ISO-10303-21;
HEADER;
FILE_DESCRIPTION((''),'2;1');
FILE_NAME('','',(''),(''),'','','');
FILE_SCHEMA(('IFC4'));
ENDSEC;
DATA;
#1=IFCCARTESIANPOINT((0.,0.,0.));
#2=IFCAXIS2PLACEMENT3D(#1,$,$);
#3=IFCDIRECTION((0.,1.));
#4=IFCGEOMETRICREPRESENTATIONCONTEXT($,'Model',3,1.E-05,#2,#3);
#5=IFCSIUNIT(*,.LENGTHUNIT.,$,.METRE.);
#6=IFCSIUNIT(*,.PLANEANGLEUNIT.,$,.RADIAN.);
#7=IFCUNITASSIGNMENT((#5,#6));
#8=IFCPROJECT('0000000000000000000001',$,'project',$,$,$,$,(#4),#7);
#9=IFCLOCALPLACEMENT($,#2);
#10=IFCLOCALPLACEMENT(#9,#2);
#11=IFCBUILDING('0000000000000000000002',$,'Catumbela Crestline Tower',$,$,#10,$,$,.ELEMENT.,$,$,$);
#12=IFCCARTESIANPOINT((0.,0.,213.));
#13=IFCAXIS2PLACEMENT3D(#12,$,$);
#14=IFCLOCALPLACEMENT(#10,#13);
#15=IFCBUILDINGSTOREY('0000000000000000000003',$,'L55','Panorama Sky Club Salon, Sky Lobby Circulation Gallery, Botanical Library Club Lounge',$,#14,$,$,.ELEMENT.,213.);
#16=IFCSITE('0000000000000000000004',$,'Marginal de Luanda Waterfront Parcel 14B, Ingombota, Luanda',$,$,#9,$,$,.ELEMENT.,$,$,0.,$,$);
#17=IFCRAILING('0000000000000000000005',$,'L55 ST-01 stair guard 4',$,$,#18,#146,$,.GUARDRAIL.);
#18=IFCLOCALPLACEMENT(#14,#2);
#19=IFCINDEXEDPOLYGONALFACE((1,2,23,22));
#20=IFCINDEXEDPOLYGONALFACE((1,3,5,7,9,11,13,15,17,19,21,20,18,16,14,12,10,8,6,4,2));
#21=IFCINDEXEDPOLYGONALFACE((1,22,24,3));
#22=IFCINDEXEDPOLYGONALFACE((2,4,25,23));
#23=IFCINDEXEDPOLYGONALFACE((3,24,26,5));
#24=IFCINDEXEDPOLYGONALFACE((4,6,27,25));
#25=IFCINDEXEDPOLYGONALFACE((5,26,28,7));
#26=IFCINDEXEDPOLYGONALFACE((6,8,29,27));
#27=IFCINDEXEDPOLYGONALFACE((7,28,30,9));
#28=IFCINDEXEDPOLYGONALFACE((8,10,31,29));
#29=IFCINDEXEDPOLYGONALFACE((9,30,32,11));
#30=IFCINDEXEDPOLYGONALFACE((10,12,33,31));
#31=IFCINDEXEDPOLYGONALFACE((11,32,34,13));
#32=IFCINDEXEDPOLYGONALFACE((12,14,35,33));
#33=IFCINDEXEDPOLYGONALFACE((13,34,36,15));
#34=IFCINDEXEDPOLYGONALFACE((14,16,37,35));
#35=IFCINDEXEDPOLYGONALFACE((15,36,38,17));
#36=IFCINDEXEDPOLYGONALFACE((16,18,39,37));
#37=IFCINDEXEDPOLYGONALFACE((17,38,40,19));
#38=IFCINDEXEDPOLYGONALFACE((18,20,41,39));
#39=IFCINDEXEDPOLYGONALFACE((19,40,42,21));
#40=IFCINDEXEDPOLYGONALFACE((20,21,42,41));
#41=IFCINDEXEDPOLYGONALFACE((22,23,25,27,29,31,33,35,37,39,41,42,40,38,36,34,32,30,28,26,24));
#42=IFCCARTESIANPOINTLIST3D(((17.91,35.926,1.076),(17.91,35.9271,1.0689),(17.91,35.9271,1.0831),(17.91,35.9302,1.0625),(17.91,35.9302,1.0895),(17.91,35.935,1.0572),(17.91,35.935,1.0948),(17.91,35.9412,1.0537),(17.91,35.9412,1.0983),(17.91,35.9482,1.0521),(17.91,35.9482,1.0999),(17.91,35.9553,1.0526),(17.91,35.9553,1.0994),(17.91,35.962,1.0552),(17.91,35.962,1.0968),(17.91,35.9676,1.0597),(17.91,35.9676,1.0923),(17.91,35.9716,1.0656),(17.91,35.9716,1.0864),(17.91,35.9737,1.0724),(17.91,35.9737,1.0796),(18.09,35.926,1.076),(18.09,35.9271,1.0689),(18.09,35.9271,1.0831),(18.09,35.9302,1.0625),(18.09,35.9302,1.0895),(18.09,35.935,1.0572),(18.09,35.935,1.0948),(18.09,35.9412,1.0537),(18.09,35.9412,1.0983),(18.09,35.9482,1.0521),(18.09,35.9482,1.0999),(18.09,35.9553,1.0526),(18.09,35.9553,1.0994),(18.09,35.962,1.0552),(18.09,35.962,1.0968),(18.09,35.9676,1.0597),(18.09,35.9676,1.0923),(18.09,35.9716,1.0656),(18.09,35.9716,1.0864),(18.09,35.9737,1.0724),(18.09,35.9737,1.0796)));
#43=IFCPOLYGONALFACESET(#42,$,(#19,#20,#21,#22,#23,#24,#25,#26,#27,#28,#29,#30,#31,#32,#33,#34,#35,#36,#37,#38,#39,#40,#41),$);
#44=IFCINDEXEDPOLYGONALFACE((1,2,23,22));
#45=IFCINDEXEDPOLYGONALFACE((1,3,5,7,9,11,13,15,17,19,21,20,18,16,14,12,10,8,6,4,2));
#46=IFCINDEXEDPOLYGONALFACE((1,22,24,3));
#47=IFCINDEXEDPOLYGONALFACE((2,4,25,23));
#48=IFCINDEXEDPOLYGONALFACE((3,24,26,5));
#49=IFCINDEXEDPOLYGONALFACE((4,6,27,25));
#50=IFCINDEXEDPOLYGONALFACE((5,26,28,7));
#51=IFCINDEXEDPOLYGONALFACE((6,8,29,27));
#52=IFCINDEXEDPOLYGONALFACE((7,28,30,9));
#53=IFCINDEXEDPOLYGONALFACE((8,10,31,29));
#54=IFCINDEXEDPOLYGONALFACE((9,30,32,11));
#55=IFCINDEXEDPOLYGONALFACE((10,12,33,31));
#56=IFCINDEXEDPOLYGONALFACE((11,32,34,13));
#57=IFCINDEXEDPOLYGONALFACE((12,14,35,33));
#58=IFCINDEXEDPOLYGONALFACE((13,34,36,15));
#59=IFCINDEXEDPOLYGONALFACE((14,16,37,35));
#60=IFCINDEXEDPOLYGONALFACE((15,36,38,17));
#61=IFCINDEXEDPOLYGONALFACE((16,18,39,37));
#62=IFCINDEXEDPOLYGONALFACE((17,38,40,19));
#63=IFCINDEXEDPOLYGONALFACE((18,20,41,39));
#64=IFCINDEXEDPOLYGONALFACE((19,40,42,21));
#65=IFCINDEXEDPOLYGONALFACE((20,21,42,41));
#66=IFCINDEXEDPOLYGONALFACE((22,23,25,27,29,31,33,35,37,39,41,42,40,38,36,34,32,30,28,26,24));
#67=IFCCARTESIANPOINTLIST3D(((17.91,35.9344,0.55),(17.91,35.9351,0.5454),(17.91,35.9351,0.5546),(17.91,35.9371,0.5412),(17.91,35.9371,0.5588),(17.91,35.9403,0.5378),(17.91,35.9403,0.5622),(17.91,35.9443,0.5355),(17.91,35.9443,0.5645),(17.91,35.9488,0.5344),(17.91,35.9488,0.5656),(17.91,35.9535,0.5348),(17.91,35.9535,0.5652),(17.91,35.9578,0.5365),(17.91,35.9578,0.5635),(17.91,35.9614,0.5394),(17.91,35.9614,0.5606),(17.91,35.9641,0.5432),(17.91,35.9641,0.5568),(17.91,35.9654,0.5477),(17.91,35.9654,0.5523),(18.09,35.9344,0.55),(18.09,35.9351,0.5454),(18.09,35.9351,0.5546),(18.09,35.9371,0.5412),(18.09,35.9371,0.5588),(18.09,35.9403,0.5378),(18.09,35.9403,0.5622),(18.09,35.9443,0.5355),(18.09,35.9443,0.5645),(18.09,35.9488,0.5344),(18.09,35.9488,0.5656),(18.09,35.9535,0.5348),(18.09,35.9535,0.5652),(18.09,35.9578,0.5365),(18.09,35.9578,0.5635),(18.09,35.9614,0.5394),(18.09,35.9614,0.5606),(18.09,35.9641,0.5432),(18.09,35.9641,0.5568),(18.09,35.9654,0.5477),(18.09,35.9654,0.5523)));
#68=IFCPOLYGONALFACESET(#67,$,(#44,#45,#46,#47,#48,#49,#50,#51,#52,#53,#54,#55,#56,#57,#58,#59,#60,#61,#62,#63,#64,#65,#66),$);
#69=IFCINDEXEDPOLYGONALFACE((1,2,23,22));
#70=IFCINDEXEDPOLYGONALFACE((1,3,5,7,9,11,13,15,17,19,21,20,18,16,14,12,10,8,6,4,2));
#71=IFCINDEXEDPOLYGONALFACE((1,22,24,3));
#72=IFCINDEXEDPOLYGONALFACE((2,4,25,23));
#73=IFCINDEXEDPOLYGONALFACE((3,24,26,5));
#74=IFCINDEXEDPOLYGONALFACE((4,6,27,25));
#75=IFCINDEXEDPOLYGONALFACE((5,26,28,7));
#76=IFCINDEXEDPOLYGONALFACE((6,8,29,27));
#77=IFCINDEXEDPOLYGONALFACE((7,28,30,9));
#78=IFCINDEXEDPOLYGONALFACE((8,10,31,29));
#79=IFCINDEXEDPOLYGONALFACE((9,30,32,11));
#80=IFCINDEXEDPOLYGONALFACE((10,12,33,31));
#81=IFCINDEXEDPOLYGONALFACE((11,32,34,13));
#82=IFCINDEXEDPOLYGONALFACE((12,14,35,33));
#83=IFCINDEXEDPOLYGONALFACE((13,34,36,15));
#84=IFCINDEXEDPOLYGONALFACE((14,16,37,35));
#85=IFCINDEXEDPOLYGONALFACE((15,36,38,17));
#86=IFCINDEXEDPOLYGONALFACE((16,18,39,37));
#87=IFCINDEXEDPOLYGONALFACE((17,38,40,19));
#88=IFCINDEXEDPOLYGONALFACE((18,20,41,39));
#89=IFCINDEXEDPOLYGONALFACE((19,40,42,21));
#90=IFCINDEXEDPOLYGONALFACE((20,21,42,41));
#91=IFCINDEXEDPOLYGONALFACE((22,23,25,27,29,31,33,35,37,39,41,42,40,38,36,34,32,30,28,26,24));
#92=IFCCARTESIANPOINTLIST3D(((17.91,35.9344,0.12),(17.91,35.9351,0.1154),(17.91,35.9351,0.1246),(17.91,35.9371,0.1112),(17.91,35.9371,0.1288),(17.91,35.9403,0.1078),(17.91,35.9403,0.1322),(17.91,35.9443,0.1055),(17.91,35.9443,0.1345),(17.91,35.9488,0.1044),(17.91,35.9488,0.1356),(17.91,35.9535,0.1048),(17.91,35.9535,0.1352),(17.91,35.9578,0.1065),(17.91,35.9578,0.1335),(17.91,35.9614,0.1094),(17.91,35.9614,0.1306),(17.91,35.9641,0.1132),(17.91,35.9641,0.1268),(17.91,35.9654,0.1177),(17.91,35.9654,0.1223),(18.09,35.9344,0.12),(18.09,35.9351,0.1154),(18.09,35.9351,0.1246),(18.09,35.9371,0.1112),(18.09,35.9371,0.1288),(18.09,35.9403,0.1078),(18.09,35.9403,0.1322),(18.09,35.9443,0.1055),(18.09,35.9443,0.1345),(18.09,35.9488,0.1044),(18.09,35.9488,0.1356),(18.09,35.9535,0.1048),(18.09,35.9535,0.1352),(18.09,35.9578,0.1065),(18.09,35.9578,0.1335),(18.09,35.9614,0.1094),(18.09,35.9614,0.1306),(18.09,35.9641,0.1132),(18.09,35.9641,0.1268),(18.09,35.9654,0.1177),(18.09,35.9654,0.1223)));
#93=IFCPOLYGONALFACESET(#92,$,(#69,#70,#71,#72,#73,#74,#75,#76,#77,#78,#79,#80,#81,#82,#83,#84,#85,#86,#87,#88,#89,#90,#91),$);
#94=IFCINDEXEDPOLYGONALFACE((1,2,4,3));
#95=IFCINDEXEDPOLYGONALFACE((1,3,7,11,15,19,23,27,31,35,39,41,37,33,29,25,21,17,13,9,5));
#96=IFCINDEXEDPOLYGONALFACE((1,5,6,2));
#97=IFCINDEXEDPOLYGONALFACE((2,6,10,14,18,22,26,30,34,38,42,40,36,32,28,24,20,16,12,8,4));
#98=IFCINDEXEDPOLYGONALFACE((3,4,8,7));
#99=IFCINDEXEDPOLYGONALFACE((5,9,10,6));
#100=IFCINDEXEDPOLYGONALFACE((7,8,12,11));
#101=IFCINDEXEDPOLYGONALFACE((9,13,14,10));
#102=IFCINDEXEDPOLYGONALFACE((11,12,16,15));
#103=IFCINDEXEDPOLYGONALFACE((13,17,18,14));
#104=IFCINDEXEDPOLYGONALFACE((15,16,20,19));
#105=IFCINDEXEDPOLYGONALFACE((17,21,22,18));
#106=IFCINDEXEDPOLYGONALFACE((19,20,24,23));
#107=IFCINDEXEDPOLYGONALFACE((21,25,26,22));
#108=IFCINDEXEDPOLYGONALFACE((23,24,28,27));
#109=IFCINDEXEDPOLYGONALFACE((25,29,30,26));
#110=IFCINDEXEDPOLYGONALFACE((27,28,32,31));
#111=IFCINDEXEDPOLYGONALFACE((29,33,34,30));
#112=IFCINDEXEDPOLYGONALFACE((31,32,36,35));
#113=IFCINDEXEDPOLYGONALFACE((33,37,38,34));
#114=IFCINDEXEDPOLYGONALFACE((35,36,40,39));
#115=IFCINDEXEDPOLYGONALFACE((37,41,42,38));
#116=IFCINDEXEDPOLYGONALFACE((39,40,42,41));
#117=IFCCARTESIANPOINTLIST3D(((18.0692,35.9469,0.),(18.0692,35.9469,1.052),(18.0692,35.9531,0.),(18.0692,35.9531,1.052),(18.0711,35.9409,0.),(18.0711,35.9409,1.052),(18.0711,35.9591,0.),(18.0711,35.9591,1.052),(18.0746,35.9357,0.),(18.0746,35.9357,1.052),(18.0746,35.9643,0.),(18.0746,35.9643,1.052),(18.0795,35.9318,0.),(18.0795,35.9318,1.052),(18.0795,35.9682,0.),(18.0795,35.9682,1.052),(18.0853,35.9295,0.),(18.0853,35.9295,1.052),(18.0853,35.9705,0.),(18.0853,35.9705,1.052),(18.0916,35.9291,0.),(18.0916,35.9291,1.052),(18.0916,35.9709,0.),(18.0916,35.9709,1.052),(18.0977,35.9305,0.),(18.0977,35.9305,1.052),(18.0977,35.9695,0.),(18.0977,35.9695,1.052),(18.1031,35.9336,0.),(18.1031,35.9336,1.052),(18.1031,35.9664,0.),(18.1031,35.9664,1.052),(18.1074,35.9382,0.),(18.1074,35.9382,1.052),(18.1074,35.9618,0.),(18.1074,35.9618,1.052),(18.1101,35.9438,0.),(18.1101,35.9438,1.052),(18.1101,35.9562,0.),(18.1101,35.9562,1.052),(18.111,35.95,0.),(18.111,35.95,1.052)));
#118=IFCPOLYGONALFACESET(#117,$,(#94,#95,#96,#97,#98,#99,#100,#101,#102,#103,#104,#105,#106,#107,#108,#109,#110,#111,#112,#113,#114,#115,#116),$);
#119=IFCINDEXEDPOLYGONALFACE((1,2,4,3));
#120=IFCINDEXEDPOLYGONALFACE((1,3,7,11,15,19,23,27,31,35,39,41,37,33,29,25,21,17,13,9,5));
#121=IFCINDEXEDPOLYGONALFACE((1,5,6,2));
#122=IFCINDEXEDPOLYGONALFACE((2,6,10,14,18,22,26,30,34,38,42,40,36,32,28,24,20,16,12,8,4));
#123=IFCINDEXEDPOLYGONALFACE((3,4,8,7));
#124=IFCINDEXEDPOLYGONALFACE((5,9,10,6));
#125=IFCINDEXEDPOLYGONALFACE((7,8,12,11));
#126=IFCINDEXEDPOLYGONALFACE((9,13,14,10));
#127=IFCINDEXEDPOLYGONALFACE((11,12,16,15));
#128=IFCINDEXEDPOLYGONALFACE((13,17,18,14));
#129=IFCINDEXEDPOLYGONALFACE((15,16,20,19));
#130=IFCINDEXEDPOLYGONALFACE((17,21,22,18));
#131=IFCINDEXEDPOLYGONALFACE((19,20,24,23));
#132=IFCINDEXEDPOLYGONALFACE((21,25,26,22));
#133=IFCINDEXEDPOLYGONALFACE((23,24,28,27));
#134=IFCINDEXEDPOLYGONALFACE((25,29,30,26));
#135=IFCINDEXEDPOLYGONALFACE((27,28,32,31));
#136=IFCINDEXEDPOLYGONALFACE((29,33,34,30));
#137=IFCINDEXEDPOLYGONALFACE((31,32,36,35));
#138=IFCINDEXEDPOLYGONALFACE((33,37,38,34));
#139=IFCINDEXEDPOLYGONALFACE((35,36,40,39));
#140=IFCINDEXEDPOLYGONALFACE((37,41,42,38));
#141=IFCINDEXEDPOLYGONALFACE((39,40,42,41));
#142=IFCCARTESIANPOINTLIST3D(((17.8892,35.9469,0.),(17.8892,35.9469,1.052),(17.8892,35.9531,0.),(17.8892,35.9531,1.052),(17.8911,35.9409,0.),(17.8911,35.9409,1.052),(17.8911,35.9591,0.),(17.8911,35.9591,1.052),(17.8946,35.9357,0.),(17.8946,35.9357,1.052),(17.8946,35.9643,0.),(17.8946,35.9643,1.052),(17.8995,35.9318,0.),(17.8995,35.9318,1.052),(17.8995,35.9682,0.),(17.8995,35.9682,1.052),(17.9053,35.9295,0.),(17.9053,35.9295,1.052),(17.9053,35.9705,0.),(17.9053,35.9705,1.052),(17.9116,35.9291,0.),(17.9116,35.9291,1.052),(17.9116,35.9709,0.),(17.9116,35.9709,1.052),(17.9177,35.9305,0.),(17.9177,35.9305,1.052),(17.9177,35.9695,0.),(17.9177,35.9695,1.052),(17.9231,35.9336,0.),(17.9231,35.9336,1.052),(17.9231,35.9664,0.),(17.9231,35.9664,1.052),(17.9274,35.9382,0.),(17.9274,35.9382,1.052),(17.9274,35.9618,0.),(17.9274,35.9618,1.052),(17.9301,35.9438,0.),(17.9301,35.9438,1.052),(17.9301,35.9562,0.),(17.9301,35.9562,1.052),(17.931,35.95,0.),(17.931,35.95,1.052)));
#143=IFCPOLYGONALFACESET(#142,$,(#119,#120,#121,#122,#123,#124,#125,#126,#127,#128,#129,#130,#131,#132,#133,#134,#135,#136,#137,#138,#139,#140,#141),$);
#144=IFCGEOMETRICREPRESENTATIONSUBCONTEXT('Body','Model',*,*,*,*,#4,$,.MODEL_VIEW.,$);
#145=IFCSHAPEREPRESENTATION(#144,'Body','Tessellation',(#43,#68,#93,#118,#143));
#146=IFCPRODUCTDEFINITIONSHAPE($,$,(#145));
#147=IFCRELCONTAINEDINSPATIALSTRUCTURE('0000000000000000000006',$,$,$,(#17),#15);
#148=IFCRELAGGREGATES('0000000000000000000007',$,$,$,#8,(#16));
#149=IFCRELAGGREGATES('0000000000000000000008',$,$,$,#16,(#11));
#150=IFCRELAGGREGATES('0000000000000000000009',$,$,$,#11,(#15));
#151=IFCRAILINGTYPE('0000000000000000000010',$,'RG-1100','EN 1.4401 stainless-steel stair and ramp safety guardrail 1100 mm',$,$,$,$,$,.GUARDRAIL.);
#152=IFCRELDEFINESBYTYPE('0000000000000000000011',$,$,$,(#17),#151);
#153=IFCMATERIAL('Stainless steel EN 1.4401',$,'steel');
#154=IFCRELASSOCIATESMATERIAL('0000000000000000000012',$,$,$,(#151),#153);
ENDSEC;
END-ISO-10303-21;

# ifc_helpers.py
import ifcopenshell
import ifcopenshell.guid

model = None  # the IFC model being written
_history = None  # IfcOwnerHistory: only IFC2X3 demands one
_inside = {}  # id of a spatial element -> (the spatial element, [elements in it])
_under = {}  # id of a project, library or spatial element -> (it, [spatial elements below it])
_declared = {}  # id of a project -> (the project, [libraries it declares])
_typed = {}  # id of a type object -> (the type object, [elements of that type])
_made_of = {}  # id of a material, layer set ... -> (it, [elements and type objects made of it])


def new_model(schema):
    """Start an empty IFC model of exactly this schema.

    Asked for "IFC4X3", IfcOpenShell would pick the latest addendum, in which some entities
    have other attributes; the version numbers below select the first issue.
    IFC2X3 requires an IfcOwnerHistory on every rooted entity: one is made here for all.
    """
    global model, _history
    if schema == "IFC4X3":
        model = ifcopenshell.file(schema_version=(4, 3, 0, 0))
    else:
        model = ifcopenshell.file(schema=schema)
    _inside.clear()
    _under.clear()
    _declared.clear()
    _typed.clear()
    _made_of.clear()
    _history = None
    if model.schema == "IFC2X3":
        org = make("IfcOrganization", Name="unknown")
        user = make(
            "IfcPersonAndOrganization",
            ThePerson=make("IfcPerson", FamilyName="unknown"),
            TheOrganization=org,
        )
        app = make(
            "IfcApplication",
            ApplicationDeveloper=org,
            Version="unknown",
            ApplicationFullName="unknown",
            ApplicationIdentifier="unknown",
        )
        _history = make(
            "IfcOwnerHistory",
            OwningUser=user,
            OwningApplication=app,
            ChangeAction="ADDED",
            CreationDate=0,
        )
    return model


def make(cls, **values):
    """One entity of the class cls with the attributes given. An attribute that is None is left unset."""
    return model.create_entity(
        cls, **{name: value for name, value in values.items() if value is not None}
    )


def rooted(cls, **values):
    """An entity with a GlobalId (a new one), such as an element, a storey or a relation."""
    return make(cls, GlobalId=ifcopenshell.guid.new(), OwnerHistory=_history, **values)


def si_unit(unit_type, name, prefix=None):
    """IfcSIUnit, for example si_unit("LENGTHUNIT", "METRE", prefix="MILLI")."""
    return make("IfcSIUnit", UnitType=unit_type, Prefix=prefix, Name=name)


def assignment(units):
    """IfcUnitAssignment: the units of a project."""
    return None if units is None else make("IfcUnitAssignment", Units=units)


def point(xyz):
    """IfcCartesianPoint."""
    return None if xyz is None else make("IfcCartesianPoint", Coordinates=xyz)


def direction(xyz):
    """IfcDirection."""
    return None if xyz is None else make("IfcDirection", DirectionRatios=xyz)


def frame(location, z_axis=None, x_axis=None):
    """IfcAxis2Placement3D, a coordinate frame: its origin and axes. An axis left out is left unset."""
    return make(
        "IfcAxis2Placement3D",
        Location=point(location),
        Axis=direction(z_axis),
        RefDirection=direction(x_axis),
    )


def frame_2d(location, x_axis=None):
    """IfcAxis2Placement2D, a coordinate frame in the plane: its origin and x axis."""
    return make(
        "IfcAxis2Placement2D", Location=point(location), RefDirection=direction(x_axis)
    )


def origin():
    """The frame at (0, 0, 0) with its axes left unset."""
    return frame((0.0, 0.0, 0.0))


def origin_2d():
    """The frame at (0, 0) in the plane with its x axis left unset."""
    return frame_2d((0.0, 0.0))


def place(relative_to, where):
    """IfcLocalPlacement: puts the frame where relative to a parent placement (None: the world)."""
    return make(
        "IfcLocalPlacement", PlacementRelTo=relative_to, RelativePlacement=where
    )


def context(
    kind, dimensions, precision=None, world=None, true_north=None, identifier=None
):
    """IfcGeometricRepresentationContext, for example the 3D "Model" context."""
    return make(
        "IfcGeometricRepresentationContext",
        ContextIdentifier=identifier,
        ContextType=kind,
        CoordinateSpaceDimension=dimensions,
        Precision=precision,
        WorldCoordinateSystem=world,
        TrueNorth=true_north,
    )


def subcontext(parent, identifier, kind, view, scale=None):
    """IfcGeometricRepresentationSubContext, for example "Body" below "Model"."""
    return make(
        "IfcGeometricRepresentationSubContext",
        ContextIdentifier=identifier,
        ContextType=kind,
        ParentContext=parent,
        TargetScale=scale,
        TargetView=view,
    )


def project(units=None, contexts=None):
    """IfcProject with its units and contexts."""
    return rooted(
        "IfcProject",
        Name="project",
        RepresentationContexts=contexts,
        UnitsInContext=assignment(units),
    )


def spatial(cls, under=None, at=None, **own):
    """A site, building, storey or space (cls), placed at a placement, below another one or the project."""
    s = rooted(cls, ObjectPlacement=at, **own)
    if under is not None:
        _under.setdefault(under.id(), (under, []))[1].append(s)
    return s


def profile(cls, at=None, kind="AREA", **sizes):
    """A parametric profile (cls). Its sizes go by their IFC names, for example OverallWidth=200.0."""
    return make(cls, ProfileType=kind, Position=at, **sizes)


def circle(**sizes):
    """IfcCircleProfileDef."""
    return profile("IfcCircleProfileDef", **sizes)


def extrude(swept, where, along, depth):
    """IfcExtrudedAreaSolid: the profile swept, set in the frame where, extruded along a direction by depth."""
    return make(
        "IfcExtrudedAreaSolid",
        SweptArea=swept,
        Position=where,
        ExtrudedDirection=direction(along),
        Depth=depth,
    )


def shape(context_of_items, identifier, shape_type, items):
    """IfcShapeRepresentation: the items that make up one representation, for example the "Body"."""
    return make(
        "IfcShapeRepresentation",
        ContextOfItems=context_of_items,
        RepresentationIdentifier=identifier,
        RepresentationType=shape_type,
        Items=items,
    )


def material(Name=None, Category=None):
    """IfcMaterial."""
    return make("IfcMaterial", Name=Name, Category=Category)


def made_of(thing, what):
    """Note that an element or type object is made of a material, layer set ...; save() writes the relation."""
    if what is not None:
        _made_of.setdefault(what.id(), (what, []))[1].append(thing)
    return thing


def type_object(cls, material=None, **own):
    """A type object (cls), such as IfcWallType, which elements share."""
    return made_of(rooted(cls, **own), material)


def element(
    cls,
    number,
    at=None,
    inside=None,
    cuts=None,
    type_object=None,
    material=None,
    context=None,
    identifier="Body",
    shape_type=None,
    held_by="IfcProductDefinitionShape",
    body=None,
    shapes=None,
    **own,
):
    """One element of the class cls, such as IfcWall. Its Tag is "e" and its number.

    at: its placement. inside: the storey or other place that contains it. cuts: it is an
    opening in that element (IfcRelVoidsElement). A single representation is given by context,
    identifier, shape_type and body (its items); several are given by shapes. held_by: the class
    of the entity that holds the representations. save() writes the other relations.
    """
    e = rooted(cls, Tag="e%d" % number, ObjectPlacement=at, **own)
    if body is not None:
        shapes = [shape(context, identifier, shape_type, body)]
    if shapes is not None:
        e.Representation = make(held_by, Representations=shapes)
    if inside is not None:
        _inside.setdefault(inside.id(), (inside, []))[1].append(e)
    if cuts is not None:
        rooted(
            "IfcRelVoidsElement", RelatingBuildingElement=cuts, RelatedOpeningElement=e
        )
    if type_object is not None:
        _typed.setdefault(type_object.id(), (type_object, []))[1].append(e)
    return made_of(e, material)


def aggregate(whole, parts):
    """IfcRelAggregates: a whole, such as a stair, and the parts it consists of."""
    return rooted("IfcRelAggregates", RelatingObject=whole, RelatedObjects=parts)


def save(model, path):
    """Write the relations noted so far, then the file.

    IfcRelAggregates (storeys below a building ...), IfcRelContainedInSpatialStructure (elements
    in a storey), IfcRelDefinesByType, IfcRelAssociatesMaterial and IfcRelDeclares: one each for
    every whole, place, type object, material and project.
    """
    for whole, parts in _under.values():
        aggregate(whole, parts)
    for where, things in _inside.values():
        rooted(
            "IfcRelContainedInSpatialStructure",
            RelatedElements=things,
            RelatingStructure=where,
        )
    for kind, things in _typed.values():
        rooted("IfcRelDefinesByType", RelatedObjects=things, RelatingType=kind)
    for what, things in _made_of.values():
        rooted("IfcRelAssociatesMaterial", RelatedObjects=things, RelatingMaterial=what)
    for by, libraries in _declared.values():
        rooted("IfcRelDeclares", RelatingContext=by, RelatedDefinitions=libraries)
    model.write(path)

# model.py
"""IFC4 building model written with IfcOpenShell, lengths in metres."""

from ifc_helpers import new_model, si_unit, direction, frame, origin, origin_2d, place, context, subcontext, project, spatial, circle, extrude, material, type_object, element, save


model = new_model("IFC4")

# Units and contexts
model_context = context("Model", 3, precision=1e-05, world=origin(), true_north=direction((0.0, 1.0)))
body_context = subcontext(model_context, "Body", "Model", "MODEL_VIEW")
ifc_project = project(units=[si_unit("LENGTHUNIT", "METRE"), si_unit("PLANEANGLEUNIT", "RADIAN")], contexts=[model_context])

# Site, building, storey
site_placement = place(None, origin())
site = spatial("IfcSite", under=ifc_project, at=site_placement, Name="Marginal de Luanda Waterfront Parcel 14B, Ingombota, Luanda", CompositionType="ELEMENT", RefElevation=0.0)
building_placement = place(site_placement, origin())
building = spatial("IfcBuilding", under=site, at=building_placement, Name="Catumbela Crestline Tower", CompositionType="ELEMENT")
storey_placement = place(building_placement, frame((0.0, 0.0, 213.0)))
storey = spatial("IfcBuildingStorey", under=building, at=storey_placement, Name="L55", Description="Panorama Sky Club Salon, Sky Lobby Circulation Gallery, Botanical Library Club Lounge", CompositionType="ELEMENT", Elevation=213.0)

# Shared definitions
ifc_material_1 = material(Name="Stainless steel EN 1.4401", Category="steel")

# Railing
railing_type_1 = type_object("IfcRailingType", Name="RG-1100", Description="EN 1.4401 stainless-steel stair and ramp safety guardrail 1100 mm", PredefinedType="GUARDRAIL", material=ifc_material_1)
railing_1_placement = place(storey_placement, frame((18.09, 35.95, 0.0)))
element("IfcRailing", 1, at=railing_1_placement, inside=storey, type_object=railing_type_1, Name="L55 ST-01 stair guard 4", PredefinedType="GUARDRAIL", context=body_context, shape_type="SweptSolid", body=[
    extrude(circle(Radius=0.024, at=origin_2d()), frame((0.0, 0.0, 1.076), z_axis=(-1.0, 0.0, 0.0), x_axis=(0.0, -1.0, 0.0)), (0.0, 0.0, 1.0), 0.18),
    extrude(circle(Radius=0.0156, at=origin_2d()), frame((0.0, 0.0, 0.55), z_axis=(-1.0, 0.0, 0.0), x_axis=(0.0, -1.0, 0.0)), (0.0, 0.0, 1.0), 0.18),
    extrude(circle(Radius=0.0156, at=origin_2d()), frame((0.0, 0.0, 0.12), z_axis=(-1.0, 0.0, 0.0), x_axis=(0.0, -1.0, 0.0)), (0.0, 0.0, 1.0), 0.18),
    extrude(circle(Radius=0.021, at=origin_2d()), origin(), (0.0, 0.0, 1.0), 1.052),
    extrude(circle(Radius=0.021, at=origin_2d()), frame((-0.18, 0.0, 0.0)), (0.0, 0.0, 1.0), 1.052),
])

save(model, "model.ifc")
